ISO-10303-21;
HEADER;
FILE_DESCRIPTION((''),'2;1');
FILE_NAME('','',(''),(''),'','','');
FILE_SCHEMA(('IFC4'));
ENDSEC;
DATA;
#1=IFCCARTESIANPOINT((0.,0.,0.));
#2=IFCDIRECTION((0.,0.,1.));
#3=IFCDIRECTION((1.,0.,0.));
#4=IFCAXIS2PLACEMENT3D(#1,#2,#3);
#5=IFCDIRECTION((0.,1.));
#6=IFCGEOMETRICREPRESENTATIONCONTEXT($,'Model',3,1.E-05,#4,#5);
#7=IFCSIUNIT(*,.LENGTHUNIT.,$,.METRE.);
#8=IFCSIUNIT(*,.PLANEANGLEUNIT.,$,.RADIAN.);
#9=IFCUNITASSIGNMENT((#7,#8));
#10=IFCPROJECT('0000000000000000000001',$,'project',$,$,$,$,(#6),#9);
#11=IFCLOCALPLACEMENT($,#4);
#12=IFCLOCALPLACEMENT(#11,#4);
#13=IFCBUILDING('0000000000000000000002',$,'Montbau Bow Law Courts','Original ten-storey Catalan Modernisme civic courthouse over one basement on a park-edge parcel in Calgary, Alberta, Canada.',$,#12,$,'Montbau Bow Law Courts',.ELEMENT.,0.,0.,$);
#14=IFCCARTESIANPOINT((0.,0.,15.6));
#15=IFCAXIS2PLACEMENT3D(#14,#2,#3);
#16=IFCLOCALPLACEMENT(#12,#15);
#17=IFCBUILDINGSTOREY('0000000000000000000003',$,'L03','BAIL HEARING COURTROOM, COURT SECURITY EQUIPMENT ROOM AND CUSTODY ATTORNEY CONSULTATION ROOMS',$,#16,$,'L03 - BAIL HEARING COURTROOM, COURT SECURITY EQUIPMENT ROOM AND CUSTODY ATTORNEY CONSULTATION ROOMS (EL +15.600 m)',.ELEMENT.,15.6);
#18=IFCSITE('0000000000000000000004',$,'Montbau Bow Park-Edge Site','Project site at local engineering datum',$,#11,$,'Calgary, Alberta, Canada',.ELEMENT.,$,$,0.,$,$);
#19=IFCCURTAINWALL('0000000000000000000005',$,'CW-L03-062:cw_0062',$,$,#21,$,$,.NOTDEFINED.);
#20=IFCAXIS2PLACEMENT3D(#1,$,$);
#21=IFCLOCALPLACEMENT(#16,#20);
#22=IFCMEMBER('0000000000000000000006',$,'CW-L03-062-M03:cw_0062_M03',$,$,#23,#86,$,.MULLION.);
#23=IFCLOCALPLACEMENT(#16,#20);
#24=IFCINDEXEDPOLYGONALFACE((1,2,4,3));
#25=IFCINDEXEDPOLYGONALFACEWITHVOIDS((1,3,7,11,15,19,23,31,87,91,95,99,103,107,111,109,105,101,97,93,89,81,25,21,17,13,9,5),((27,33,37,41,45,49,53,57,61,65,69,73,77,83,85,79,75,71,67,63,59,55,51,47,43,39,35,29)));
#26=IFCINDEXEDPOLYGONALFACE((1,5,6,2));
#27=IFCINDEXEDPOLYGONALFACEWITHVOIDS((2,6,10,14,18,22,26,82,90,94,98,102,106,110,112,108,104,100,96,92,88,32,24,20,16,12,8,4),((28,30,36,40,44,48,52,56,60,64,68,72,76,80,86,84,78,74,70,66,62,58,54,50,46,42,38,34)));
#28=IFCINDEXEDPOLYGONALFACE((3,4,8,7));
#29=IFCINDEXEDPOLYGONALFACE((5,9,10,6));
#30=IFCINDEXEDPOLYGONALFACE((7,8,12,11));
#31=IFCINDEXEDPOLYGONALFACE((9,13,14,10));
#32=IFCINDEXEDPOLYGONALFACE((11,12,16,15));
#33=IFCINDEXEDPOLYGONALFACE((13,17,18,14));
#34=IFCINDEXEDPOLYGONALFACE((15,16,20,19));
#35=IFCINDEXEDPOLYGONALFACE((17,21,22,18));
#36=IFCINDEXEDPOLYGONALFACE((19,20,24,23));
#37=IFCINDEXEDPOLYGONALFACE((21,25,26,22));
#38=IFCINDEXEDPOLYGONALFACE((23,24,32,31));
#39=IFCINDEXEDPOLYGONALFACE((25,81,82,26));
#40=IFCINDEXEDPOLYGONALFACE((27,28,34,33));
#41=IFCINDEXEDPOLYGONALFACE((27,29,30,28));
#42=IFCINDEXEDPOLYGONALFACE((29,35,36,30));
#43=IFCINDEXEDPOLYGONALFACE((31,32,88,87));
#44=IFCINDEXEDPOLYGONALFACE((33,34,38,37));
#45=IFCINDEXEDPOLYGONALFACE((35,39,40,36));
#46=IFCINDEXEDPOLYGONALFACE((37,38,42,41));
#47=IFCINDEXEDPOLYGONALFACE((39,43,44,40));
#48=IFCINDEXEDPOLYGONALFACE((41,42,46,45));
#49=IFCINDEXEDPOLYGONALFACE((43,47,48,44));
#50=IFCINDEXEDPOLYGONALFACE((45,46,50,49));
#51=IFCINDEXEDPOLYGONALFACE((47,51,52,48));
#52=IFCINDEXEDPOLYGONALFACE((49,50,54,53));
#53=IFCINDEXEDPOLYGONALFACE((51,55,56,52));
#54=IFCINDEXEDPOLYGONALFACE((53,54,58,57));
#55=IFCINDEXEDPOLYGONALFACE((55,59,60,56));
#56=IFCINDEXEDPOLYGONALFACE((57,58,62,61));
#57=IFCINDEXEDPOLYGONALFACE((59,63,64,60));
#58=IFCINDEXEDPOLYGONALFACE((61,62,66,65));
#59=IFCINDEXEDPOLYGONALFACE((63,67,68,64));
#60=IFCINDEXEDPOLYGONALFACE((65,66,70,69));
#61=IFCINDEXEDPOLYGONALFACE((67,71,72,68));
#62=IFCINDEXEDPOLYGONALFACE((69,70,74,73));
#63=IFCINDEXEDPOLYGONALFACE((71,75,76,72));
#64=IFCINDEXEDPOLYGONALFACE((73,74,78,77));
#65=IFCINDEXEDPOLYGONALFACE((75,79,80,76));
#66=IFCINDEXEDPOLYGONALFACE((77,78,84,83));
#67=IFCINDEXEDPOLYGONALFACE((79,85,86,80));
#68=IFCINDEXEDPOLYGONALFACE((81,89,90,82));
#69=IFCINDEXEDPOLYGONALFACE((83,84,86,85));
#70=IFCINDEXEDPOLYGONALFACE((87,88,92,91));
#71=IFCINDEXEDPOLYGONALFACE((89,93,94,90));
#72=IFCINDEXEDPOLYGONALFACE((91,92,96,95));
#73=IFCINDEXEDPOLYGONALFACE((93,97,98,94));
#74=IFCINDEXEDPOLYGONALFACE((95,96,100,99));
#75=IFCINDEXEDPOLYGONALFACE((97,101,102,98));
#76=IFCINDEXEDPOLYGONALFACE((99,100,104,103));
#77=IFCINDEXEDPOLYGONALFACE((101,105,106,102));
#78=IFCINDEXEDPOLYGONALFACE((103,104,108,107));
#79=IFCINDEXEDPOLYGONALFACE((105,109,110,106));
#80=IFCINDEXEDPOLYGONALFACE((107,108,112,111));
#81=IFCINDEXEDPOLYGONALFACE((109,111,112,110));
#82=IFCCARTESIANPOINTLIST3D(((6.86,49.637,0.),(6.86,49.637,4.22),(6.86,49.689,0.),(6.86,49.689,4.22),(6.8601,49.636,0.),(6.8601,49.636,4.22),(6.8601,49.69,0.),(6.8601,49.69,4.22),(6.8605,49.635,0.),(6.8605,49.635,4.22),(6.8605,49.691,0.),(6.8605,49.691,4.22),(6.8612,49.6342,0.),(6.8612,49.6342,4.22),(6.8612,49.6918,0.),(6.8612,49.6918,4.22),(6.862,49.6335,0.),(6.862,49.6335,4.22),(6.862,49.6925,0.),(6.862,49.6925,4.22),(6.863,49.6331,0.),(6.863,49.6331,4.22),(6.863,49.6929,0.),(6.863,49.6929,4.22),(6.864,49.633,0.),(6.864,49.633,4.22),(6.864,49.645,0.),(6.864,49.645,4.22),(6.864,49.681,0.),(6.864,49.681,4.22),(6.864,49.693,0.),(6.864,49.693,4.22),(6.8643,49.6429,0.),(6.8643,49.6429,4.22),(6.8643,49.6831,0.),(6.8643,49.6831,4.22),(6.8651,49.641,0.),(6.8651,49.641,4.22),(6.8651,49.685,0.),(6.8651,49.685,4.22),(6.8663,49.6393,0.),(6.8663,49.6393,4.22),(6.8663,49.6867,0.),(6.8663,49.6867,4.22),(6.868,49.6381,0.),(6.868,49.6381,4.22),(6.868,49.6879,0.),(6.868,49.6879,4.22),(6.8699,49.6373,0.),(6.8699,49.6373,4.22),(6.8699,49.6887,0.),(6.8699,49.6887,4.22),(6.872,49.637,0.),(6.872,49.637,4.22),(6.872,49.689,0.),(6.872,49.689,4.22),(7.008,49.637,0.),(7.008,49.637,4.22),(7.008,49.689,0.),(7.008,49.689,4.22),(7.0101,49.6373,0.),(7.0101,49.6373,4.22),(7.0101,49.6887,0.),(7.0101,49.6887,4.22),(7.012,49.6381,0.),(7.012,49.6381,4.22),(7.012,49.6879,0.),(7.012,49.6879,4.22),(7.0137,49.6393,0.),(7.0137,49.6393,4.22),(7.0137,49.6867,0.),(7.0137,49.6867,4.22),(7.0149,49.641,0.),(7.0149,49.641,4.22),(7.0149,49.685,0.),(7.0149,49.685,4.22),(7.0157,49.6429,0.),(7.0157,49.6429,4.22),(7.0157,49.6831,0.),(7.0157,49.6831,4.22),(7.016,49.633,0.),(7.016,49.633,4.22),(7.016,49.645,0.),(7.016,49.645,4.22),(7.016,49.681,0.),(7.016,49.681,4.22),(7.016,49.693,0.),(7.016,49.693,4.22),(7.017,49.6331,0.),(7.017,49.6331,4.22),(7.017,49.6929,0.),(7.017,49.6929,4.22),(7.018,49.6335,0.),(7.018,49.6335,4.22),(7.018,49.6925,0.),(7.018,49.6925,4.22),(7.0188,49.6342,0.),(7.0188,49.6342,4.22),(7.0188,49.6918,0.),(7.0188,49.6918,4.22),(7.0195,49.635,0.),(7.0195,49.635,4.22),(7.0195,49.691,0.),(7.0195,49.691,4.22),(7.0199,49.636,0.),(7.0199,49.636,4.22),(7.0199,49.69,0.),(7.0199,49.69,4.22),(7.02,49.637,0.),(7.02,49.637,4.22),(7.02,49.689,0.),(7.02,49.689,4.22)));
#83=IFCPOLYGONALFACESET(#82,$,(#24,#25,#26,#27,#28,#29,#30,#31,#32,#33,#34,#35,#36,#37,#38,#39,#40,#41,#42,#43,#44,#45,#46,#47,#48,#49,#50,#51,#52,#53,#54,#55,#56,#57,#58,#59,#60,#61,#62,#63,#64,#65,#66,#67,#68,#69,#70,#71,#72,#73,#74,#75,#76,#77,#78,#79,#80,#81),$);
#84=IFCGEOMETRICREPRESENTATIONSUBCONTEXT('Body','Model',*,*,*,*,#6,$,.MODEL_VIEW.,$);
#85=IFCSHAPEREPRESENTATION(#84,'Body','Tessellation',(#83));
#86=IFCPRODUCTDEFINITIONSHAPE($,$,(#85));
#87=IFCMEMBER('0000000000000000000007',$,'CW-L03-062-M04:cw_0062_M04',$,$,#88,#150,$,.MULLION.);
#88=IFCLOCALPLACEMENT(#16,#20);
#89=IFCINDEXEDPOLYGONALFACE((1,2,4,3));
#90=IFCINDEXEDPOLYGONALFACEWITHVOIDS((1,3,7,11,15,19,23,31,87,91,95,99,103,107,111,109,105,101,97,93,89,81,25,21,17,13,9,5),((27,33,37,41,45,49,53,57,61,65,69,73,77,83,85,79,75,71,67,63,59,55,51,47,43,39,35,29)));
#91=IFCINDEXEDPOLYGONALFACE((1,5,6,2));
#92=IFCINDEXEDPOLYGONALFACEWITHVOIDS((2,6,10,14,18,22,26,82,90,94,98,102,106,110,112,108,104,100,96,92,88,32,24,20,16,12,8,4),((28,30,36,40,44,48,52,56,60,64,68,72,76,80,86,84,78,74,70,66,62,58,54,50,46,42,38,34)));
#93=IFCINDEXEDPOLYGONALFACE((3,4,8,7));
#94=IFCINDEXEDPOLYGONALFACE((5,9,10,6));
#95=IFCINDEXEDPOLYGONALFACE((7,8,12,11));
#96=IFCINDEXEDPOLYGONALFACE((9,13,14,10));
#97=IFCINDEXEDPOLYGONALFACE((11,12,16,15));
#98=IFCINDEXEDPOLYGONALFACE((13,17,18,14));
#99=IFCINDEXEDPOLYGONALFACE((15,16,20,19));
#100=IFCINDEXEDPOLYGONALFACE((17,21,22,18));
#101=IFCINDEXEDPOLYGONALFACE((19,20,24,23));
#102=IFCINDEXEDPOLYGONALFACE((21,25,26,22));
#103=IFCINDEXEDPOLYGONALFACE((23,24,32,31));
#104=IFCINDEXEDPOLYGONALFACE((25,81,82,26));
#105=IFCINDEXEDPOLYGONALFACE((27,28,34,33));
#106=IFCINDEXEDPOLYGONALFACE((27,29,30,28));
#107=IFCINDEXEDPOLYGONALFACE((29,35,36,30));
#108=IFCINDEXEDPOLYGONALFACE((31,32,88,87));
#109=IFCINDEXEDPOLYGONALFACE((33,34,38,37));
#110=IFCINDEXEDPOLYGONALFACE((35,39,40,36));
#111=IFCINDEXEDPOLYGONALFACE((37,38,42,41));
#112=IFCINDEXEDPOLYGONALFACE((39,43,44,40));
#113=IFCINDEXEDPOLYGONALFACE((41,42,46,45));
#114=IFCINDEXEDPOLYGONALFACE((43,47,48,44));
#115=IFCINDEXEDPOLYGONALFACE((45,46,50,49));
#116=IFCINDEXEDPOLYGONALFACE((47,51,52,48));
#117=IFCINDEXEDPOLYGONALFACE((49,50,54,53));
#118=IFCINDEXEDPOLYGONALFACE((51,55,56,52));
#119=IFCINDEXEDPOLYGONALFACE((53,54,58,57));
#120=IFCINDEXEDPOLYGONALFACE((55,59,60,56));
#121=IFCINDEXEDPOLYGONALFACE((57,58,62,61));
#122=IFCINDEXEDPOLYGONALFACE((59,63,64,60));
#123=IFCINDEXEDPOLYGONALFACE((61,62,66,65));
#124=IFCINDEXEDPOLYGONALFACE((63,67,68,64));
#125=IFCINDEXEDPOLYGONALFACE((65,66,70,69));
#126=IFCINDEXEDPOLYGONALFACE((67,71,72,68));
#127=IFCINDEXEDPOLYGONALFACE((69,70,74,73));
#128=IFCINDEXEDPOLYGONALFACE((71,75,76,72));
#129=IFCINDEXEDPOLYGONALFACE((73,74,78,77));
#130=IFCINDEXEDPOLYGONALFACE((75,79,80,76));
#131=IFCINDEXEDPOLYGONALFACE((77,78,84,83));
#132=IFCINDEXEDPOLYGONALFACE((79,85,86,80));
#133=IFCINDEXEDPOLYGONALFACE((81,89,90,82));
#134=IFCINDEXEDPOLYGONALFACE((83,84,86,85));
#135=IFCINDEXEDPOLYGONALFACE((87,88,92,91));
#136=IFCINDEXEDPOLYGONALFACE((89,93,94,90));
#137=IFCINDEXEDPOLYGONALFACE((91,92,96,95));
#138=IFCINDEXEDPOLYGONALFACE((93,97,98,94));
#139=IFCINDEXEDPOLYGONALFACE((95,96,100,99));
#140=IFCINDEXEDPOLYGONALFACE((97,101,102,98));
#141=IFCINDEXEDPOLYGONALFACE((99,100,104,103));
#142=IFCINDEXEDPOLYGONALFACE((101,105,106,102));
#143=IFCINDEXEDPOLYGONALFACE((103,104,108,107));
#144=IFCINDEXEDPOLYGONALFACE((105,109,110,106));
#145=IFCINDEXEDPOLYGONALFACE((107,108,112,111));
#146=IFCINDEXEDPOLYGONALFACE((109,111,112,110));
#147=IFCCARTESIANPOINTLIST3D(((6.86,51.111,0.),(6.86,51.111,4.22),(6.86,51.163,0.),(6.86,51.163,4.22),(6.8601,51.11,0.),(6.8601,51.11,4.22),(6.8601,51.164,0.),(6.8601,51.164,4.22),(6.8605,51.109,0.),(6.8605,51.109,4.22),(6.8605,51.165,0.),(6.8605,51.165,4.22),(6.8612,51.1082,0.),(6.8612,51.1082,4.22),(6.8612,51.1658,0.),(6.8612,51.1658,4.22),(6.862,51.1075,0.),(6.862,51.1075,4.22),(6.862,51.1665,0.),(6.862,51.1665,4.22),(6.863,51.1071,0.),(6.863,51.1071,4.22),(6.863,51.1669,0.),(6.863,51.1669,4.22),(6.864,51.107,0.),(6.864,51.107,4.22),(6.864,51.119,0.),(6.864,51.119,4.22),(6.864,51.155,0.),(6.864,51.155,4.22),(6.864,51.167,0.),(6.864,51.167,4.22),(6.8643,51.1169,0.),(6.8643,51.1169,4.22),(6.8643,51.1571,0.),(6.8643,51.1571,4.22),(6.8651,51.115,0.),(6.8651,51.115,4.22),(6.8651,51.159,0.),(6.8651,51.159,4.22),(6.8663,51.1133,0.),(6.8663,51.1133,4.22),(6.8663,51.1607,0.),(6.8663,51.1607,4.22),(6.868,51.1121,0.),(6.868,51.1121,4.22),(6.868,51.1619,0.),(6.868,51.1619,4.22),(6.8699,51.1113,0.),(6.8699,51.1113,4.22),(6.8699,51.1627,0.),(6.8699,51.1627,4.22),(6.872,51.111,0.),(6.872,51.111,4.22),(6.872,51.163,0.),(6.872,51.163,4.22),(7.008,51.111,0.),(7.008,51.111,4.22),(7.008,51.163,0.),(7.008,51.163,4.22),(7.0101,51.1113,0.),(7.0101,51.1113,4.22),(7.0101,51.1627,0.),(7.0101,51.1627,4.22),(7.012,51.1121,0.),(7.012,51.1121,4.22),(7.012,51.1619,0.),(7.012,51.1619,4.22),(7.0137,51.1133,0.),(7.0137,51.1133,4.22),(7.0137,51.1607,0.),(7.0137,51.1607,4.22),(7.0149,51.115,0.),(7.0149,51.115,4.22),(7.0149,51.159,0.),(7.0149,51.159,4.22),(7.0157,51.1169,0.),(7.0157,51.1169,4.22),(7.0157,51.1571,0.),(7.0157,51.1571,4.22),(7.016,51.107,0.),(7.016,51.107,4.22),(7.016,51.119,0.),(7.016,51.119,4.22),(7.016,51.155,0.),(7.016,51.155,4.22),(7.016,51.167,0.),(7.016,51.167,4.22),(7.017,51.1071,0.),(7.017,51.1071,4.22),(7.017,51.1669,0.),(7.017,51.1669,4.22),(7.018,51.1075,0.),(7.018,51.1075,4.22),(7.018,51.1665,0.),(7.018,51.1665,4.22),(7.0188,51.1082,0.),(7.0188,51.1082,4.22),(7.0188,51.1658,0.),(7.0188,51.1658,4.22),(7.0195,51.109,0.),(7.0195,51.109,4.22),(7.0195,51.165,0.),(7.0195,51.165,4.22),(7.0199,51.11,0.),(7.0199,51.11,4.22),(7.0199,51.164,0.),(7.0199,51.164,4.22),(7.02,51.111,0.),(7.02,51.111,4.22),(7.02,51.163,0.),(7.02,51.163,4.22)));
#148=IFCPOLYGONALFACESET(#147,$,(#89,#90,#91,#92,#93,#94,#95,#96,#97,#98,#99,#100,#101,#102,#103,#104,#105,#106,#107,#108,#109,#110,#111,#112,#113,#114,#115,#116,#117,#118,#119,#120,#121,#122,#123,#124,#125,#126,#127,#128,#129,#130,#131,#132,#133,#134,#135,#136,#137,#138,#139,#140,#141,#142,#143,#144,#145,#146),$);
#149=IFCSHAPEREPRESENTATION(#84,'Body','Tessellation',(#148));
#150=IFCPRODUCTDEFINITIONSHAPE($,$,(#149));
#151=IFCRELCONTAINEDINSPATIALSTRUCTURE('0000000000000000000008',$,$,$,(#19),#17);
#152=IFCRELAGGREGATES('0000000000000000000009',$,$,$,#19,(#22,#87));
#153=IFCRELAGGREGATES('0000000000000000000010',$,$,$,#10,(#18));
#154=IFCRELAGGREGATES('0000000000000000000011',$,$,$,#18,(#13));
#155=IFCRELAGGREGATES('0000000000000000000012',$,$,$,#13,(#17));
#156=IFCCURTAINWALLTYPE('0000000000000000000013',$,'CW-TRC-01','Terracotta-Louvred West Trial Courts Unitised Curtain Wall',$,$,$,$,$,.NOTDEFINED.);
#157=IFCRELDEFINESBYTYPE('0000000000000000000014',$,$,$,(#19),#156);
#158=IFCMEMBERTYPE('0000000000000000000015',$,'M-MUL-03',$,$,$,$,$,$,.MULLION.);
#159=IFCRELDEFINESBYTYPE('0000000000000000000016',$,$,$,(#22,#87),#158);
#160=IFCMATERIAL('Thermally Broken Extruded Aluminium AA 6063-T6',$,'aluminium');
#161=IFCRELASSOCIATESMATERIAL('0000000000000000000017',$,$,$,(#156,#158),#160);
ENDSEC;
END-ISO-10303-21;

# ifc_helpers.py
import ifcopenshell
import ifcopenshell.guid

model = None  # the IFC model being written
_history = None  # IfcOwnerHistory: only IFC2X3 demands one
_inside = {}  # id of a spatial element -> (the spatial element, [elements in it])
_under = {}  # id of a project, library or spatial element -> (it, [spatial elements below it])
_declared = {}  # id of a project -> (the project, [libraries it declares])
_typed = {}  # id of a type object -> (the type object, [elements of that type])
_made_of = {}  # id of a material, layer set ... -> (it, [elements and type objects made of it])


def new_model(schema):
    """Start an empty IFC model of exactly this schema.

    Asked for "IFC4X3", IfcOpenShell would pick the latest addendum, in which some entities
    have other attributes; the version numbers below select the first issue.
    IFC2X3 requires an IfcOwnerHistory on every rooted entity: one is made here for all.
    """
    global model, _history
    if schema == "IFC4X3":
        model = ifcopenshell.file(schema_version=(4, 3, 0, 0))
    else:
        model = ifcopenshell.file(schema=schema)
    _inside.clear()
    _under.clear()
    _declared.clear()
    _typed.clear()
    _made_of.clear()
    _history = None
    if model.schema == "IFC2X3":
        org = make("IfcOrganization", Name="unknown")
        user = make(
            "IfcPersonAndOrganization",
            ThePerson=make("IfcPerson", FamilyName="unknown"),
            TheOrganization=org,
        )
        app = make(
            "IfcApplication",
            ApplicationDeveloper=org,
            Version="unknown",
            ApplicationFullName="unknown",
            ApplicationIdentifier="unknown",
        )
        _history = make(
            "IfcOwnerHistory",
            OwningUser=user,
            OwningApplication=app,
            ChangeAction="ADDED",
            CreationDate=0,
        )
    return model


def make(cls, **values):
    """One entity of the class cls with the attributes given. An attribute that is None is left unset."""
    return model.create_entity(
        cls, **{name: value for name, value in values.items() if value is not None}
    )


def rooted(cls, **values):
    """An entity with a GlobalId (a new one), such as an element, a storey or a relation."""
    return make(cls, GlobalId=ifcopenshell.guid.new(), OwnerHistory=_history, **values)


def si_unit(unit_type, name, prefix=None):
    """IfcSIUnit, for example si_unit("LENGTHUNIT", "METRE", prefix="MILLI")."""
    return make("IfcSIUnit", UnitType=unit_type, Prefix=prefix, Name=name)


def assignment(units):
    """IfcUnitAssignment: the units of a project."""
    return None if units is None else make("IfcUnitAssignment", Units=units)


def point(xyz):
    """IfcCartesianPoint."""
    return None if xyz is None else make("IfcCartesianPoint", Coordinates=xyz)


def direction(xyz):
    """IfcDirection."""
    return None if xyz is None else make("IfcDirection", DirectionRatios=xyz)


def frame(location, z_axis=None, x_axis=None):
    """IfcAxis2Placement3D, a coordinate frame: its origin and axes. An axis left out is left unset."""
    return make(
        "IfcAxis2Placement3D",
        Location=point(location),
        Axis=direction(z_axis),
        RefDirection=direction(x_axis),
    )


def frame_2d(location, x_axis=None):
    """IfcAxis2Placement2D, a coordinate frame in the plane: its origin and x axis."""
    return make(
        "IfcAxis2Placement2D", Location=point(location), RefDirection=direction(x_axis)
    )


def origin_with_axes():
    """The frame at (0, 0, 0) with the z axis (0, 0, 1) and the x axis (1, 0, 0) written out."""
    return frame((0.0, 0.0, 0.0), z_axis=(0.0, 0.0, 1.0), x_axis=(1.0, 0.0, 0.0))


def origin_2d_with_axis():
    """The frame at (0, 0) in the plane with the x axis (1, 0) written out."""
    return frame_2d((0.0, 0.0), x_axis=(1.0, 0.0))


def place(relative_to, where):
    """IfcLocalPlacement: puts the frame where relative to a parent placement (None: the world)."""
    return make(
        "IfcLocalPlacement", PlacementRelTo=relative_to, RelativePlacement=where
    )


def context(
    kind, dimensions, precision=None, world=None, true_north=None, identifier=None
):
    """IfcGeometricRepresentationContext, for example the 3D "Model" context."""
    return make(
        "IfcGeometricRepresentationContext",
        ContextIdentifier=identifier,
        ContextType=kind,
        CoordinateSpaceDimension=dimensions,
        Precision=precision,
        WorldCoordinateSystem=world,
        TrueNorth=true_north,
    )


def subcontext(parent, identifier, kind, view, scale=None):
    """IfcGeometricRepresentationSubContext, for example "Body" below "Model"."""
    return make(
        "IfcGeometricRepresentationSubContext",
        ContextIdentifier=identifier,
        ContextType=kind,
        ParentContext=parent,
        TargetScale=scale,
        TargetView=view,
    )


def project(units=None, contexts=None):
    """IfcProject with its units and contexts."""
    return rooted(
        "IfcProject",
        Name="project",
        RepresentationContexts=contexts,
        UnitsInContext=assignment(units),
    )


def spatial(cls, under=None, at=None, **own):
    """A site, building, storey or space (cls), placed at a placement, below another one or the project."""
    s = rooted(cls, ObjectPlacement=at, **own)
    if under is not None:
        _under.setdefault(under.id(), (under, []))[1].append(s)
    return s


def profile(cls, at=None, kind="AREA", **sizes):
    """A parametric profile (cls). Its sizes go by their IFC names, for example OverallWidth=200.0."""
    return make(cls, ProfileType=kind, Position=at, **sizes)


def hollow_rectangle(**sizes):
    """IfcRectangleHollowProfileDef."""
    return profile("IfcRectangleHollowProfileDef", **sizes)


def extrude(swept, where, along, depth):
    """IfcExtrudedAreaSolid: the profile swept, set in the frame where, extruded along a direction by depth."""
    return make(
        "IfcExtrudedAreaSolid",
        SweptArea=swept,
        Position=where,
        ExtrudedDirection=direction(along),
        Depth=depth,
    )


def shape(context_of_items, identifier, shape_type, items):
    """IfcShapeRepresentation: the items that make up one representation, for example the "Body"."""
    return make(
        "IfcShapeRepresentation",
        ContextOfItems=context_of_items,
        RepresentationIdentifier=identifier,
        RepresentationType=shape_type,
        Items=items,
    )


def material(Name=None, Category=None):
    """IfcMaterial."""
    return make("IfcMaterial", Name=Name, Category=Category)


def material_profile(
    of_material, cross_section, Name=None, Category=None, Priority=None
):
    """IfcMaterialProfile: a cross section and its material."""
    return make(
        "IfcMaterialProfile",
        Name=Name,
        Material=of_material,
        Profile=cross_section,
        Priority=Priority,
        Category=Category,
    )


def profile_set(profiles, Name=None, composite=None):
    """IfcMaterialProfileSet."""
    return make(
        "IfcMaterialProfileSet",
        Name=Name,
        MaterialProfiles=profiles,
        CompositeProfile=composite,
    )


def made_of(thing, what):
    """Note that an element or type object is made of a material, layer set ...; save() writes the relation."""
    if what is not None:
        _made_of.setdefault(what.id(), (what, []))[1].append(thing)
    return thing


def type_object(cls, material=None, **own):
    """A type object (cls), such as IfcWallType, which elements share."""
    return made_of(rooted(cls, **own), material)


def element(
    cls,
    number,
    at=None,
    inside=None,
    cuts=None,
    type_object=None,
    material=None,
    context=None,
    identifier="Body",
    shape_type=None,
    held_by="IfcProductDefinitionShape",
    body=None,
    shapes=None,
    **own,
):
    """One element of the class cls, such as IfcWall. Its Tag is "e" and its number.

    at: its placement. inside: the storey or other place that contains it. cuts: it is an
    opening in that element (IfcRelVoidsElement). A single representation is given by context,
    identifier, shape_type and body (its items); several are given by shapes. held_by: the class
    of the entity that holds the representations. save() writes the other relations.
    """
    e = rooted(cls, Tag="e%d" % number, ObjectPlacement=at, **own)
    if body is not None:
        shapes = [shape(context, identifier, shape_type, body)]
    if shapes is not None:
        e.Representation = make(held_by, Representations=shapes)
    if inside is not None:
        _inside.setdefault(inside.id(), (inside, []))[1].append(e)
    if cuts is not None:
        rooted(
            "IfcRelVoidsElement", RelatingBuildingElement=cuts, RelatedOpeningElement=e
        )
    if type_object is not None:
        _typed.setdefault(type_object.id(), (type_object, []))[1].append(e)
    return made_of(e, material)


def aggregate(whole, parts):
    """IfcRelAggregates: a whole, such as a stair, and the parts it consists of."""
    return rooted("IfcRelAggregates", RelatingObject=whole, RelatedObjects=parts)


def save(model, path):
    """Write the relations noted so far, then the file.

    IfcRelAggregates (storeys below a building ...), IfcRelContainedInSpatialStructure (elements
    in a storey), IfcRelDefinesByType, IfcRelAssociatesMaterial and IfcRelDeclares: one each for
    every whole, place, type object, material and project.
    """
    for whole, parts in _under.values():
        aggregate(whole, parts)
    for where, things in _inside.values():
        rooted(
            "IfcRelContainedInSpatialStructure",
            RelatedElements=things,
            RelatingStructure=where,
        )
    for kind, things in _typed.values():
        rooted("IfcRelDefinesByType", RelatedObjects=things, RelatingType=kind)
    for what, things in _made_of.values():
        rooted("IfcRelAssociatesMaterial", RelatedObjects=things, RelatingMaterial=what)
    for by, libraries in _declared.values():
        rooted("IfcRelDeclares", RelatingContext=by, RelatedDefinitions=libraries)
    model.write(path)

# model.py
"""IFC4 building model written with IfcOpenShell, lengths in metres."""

from ifc_helpers import new_model, si_unit, direction, frame, origin_with_axes, origin_2d_with_axis, place, context, subcontext, project, spatial, hollow_rectangle, extrude, material, material_profile, profile_set, type_object, element, aggregate, save


model = new_model("IFC4")

# Units and contexts
model_context = context("Model", 3, precision=1e-05, world=origin_with_axes(), true_north=direction((0.0, 1.0)))
body_context = subcontext(model_context, "Body", "Model", "MODEL_VIEW")
ifc_project = project(units=[si_unit("LENGTHUNIT", "METRE"), si_unit("PLANEANGLEUNIT", "RADIAN")], contexts=[model_context])

# Site, building, storey
site_placement = place(None, origin_with_axes())
site = spatial("IfcSite", under=ifc_project, at=site_placement, Name="Montbau Bow Park-Edge Site", Description="Project site at local engineering datum", LongName="Calgary, Alberta, Canada", CompositionType="ELEMENT", RefElevation=0.0)
building_placement = place(site_placement, origin_with_axes())
building = spatial("IfcBuilding", under=site, at=building_placement, Name="Montbau Bow Law Courts", Description="Original ten-storey Catalan Modernisme civic courthouse over one basement on a park-edge parcel in Calgary, Alberta, Canada.", LongName="Montbau Bow Law Courts", CompositionType="ELEMENT", ElevationOfRefHeight=0.0, ElevationOfTerrain=0.0)
storey_placement = place(building_placement, frame((0.0, 0.0, 15.6), z_axis=(0.0, 0.0, 1.0), x_axis=(1.0, 0.0, 0.0)))
storey = spatial("IfcBuildingStorey", under=building, at=storey_placement, Name="L03", Description="BAIL HEARING COURTROOM, COURT SECURITY EQUIPMENT ROOM AND CUSTODY ATTORNEY CONSULTATION ROOMS", LongName="L03 - BAIL HEARING COURTROOM, COURT SECURITY EQUIPMENT ROOM AND CUSTODY ATTORNEY CONSULTATION ROOMS (EL +15.600 m)", CompositionType="ELEMENT", Elevation=15.6)

# Shared definitions
ifc_material_1 = material(Name="Thermally Broken Extruded Aluminium AA 6063-T6", Category="aluminium")
curtain_wall_type = type_object("IfcCurtainWallType", Name="CW-TRC-01", Description="Terracotta-Louvred West Trial Courts Unitised Curtain Wall", PredefinedType="NOTDEFINED", material=ifc_material_1)

# Curtain wall, members
curtain_wall_1_placement = place(None, frame((6.94, 46.715, 15.6), z_axis=(0.0, 0.0, 1.0), x_axis=(1.0, 0.0, 0.0)))
curtain_wall_1 = element("IfcCurtainWall", 1, at=curtain_wall_1_placement, inside=storey, type_object=curtain_wall_type, Name="CW-L03-062:cw_0062", PredefinedType="NOTDEFINED")
ifc_material_profile_1 = material_profile(ifc_material_1, hollow_rectangle(XDim=0.06, YDim=0.16, WallThickness=0.004, InnerFilletRadius=0.008, OuterFilletRadius=0.004, at=origin_2d_with_axis()), Name="CWM-160X60", Category="Main", Priority=0)
ifc_profile_set_1 = profile_set([ifc_material_profile_1], Name="Thermally Broken Extruded Aluminium AA 6063-T6")
member_type_1 = type_object("IfcMemberType", Name="M-MUL-03", PredefinedType="MULLION", material=ifc_profile_set_1)
member_1_placement = place(None, frame((6.94, 49.663, 15.6), z_axis=(0.0, 0.0, 1.0), x_axis=(0.0, 1.0, 0.0)))
member_1 = element("IfcMember", 2, at=member_1_placement, type_object=member_type_1, Name="CW-L03-062-M03:cw_0062_M03", PredefinedType="MULLION", context=body_context, shape_type="SweptSolid", body=[
    extrude(hollow_rectangle(XDim=0.06, YDim=0.16, WallThickness=0.004, InnerFilletRadius=0.008, OuterFilletRadius=0.004, at=origin_2d_with_axis()), origin_with_axes(), (0.0, 0.0, 1.0), 4.22),
])
member_2_placement = place(None, frame((6.94, 51.137, 15.6), z_axis=(0.0, 0.0, 1.0), x_axis=(0.0, 1.0, 0.0)))
member_2 = element("IfcMember", 3, at=member_2_placement, type_object=member_type_1, Name="CW-L03-062-M04:cw_0062_M04", PredefinedType="MULLION", context=body_context, shape_type="SweptSolid", body=[
    extrude(hollow_rectangle(XDim=0.06, YDim=0.16, WallThickness=0.004, InnerFilletRadius=0.008, OuterFilletRadius=0.004, at=origin_2d_with_axis()), origin_with_axes(), (0.0, 0.0, 1.0), 4.22),
])
aggregate(curtain_wall_1, [member_1, member_2])

save(model, "model.ifc")
